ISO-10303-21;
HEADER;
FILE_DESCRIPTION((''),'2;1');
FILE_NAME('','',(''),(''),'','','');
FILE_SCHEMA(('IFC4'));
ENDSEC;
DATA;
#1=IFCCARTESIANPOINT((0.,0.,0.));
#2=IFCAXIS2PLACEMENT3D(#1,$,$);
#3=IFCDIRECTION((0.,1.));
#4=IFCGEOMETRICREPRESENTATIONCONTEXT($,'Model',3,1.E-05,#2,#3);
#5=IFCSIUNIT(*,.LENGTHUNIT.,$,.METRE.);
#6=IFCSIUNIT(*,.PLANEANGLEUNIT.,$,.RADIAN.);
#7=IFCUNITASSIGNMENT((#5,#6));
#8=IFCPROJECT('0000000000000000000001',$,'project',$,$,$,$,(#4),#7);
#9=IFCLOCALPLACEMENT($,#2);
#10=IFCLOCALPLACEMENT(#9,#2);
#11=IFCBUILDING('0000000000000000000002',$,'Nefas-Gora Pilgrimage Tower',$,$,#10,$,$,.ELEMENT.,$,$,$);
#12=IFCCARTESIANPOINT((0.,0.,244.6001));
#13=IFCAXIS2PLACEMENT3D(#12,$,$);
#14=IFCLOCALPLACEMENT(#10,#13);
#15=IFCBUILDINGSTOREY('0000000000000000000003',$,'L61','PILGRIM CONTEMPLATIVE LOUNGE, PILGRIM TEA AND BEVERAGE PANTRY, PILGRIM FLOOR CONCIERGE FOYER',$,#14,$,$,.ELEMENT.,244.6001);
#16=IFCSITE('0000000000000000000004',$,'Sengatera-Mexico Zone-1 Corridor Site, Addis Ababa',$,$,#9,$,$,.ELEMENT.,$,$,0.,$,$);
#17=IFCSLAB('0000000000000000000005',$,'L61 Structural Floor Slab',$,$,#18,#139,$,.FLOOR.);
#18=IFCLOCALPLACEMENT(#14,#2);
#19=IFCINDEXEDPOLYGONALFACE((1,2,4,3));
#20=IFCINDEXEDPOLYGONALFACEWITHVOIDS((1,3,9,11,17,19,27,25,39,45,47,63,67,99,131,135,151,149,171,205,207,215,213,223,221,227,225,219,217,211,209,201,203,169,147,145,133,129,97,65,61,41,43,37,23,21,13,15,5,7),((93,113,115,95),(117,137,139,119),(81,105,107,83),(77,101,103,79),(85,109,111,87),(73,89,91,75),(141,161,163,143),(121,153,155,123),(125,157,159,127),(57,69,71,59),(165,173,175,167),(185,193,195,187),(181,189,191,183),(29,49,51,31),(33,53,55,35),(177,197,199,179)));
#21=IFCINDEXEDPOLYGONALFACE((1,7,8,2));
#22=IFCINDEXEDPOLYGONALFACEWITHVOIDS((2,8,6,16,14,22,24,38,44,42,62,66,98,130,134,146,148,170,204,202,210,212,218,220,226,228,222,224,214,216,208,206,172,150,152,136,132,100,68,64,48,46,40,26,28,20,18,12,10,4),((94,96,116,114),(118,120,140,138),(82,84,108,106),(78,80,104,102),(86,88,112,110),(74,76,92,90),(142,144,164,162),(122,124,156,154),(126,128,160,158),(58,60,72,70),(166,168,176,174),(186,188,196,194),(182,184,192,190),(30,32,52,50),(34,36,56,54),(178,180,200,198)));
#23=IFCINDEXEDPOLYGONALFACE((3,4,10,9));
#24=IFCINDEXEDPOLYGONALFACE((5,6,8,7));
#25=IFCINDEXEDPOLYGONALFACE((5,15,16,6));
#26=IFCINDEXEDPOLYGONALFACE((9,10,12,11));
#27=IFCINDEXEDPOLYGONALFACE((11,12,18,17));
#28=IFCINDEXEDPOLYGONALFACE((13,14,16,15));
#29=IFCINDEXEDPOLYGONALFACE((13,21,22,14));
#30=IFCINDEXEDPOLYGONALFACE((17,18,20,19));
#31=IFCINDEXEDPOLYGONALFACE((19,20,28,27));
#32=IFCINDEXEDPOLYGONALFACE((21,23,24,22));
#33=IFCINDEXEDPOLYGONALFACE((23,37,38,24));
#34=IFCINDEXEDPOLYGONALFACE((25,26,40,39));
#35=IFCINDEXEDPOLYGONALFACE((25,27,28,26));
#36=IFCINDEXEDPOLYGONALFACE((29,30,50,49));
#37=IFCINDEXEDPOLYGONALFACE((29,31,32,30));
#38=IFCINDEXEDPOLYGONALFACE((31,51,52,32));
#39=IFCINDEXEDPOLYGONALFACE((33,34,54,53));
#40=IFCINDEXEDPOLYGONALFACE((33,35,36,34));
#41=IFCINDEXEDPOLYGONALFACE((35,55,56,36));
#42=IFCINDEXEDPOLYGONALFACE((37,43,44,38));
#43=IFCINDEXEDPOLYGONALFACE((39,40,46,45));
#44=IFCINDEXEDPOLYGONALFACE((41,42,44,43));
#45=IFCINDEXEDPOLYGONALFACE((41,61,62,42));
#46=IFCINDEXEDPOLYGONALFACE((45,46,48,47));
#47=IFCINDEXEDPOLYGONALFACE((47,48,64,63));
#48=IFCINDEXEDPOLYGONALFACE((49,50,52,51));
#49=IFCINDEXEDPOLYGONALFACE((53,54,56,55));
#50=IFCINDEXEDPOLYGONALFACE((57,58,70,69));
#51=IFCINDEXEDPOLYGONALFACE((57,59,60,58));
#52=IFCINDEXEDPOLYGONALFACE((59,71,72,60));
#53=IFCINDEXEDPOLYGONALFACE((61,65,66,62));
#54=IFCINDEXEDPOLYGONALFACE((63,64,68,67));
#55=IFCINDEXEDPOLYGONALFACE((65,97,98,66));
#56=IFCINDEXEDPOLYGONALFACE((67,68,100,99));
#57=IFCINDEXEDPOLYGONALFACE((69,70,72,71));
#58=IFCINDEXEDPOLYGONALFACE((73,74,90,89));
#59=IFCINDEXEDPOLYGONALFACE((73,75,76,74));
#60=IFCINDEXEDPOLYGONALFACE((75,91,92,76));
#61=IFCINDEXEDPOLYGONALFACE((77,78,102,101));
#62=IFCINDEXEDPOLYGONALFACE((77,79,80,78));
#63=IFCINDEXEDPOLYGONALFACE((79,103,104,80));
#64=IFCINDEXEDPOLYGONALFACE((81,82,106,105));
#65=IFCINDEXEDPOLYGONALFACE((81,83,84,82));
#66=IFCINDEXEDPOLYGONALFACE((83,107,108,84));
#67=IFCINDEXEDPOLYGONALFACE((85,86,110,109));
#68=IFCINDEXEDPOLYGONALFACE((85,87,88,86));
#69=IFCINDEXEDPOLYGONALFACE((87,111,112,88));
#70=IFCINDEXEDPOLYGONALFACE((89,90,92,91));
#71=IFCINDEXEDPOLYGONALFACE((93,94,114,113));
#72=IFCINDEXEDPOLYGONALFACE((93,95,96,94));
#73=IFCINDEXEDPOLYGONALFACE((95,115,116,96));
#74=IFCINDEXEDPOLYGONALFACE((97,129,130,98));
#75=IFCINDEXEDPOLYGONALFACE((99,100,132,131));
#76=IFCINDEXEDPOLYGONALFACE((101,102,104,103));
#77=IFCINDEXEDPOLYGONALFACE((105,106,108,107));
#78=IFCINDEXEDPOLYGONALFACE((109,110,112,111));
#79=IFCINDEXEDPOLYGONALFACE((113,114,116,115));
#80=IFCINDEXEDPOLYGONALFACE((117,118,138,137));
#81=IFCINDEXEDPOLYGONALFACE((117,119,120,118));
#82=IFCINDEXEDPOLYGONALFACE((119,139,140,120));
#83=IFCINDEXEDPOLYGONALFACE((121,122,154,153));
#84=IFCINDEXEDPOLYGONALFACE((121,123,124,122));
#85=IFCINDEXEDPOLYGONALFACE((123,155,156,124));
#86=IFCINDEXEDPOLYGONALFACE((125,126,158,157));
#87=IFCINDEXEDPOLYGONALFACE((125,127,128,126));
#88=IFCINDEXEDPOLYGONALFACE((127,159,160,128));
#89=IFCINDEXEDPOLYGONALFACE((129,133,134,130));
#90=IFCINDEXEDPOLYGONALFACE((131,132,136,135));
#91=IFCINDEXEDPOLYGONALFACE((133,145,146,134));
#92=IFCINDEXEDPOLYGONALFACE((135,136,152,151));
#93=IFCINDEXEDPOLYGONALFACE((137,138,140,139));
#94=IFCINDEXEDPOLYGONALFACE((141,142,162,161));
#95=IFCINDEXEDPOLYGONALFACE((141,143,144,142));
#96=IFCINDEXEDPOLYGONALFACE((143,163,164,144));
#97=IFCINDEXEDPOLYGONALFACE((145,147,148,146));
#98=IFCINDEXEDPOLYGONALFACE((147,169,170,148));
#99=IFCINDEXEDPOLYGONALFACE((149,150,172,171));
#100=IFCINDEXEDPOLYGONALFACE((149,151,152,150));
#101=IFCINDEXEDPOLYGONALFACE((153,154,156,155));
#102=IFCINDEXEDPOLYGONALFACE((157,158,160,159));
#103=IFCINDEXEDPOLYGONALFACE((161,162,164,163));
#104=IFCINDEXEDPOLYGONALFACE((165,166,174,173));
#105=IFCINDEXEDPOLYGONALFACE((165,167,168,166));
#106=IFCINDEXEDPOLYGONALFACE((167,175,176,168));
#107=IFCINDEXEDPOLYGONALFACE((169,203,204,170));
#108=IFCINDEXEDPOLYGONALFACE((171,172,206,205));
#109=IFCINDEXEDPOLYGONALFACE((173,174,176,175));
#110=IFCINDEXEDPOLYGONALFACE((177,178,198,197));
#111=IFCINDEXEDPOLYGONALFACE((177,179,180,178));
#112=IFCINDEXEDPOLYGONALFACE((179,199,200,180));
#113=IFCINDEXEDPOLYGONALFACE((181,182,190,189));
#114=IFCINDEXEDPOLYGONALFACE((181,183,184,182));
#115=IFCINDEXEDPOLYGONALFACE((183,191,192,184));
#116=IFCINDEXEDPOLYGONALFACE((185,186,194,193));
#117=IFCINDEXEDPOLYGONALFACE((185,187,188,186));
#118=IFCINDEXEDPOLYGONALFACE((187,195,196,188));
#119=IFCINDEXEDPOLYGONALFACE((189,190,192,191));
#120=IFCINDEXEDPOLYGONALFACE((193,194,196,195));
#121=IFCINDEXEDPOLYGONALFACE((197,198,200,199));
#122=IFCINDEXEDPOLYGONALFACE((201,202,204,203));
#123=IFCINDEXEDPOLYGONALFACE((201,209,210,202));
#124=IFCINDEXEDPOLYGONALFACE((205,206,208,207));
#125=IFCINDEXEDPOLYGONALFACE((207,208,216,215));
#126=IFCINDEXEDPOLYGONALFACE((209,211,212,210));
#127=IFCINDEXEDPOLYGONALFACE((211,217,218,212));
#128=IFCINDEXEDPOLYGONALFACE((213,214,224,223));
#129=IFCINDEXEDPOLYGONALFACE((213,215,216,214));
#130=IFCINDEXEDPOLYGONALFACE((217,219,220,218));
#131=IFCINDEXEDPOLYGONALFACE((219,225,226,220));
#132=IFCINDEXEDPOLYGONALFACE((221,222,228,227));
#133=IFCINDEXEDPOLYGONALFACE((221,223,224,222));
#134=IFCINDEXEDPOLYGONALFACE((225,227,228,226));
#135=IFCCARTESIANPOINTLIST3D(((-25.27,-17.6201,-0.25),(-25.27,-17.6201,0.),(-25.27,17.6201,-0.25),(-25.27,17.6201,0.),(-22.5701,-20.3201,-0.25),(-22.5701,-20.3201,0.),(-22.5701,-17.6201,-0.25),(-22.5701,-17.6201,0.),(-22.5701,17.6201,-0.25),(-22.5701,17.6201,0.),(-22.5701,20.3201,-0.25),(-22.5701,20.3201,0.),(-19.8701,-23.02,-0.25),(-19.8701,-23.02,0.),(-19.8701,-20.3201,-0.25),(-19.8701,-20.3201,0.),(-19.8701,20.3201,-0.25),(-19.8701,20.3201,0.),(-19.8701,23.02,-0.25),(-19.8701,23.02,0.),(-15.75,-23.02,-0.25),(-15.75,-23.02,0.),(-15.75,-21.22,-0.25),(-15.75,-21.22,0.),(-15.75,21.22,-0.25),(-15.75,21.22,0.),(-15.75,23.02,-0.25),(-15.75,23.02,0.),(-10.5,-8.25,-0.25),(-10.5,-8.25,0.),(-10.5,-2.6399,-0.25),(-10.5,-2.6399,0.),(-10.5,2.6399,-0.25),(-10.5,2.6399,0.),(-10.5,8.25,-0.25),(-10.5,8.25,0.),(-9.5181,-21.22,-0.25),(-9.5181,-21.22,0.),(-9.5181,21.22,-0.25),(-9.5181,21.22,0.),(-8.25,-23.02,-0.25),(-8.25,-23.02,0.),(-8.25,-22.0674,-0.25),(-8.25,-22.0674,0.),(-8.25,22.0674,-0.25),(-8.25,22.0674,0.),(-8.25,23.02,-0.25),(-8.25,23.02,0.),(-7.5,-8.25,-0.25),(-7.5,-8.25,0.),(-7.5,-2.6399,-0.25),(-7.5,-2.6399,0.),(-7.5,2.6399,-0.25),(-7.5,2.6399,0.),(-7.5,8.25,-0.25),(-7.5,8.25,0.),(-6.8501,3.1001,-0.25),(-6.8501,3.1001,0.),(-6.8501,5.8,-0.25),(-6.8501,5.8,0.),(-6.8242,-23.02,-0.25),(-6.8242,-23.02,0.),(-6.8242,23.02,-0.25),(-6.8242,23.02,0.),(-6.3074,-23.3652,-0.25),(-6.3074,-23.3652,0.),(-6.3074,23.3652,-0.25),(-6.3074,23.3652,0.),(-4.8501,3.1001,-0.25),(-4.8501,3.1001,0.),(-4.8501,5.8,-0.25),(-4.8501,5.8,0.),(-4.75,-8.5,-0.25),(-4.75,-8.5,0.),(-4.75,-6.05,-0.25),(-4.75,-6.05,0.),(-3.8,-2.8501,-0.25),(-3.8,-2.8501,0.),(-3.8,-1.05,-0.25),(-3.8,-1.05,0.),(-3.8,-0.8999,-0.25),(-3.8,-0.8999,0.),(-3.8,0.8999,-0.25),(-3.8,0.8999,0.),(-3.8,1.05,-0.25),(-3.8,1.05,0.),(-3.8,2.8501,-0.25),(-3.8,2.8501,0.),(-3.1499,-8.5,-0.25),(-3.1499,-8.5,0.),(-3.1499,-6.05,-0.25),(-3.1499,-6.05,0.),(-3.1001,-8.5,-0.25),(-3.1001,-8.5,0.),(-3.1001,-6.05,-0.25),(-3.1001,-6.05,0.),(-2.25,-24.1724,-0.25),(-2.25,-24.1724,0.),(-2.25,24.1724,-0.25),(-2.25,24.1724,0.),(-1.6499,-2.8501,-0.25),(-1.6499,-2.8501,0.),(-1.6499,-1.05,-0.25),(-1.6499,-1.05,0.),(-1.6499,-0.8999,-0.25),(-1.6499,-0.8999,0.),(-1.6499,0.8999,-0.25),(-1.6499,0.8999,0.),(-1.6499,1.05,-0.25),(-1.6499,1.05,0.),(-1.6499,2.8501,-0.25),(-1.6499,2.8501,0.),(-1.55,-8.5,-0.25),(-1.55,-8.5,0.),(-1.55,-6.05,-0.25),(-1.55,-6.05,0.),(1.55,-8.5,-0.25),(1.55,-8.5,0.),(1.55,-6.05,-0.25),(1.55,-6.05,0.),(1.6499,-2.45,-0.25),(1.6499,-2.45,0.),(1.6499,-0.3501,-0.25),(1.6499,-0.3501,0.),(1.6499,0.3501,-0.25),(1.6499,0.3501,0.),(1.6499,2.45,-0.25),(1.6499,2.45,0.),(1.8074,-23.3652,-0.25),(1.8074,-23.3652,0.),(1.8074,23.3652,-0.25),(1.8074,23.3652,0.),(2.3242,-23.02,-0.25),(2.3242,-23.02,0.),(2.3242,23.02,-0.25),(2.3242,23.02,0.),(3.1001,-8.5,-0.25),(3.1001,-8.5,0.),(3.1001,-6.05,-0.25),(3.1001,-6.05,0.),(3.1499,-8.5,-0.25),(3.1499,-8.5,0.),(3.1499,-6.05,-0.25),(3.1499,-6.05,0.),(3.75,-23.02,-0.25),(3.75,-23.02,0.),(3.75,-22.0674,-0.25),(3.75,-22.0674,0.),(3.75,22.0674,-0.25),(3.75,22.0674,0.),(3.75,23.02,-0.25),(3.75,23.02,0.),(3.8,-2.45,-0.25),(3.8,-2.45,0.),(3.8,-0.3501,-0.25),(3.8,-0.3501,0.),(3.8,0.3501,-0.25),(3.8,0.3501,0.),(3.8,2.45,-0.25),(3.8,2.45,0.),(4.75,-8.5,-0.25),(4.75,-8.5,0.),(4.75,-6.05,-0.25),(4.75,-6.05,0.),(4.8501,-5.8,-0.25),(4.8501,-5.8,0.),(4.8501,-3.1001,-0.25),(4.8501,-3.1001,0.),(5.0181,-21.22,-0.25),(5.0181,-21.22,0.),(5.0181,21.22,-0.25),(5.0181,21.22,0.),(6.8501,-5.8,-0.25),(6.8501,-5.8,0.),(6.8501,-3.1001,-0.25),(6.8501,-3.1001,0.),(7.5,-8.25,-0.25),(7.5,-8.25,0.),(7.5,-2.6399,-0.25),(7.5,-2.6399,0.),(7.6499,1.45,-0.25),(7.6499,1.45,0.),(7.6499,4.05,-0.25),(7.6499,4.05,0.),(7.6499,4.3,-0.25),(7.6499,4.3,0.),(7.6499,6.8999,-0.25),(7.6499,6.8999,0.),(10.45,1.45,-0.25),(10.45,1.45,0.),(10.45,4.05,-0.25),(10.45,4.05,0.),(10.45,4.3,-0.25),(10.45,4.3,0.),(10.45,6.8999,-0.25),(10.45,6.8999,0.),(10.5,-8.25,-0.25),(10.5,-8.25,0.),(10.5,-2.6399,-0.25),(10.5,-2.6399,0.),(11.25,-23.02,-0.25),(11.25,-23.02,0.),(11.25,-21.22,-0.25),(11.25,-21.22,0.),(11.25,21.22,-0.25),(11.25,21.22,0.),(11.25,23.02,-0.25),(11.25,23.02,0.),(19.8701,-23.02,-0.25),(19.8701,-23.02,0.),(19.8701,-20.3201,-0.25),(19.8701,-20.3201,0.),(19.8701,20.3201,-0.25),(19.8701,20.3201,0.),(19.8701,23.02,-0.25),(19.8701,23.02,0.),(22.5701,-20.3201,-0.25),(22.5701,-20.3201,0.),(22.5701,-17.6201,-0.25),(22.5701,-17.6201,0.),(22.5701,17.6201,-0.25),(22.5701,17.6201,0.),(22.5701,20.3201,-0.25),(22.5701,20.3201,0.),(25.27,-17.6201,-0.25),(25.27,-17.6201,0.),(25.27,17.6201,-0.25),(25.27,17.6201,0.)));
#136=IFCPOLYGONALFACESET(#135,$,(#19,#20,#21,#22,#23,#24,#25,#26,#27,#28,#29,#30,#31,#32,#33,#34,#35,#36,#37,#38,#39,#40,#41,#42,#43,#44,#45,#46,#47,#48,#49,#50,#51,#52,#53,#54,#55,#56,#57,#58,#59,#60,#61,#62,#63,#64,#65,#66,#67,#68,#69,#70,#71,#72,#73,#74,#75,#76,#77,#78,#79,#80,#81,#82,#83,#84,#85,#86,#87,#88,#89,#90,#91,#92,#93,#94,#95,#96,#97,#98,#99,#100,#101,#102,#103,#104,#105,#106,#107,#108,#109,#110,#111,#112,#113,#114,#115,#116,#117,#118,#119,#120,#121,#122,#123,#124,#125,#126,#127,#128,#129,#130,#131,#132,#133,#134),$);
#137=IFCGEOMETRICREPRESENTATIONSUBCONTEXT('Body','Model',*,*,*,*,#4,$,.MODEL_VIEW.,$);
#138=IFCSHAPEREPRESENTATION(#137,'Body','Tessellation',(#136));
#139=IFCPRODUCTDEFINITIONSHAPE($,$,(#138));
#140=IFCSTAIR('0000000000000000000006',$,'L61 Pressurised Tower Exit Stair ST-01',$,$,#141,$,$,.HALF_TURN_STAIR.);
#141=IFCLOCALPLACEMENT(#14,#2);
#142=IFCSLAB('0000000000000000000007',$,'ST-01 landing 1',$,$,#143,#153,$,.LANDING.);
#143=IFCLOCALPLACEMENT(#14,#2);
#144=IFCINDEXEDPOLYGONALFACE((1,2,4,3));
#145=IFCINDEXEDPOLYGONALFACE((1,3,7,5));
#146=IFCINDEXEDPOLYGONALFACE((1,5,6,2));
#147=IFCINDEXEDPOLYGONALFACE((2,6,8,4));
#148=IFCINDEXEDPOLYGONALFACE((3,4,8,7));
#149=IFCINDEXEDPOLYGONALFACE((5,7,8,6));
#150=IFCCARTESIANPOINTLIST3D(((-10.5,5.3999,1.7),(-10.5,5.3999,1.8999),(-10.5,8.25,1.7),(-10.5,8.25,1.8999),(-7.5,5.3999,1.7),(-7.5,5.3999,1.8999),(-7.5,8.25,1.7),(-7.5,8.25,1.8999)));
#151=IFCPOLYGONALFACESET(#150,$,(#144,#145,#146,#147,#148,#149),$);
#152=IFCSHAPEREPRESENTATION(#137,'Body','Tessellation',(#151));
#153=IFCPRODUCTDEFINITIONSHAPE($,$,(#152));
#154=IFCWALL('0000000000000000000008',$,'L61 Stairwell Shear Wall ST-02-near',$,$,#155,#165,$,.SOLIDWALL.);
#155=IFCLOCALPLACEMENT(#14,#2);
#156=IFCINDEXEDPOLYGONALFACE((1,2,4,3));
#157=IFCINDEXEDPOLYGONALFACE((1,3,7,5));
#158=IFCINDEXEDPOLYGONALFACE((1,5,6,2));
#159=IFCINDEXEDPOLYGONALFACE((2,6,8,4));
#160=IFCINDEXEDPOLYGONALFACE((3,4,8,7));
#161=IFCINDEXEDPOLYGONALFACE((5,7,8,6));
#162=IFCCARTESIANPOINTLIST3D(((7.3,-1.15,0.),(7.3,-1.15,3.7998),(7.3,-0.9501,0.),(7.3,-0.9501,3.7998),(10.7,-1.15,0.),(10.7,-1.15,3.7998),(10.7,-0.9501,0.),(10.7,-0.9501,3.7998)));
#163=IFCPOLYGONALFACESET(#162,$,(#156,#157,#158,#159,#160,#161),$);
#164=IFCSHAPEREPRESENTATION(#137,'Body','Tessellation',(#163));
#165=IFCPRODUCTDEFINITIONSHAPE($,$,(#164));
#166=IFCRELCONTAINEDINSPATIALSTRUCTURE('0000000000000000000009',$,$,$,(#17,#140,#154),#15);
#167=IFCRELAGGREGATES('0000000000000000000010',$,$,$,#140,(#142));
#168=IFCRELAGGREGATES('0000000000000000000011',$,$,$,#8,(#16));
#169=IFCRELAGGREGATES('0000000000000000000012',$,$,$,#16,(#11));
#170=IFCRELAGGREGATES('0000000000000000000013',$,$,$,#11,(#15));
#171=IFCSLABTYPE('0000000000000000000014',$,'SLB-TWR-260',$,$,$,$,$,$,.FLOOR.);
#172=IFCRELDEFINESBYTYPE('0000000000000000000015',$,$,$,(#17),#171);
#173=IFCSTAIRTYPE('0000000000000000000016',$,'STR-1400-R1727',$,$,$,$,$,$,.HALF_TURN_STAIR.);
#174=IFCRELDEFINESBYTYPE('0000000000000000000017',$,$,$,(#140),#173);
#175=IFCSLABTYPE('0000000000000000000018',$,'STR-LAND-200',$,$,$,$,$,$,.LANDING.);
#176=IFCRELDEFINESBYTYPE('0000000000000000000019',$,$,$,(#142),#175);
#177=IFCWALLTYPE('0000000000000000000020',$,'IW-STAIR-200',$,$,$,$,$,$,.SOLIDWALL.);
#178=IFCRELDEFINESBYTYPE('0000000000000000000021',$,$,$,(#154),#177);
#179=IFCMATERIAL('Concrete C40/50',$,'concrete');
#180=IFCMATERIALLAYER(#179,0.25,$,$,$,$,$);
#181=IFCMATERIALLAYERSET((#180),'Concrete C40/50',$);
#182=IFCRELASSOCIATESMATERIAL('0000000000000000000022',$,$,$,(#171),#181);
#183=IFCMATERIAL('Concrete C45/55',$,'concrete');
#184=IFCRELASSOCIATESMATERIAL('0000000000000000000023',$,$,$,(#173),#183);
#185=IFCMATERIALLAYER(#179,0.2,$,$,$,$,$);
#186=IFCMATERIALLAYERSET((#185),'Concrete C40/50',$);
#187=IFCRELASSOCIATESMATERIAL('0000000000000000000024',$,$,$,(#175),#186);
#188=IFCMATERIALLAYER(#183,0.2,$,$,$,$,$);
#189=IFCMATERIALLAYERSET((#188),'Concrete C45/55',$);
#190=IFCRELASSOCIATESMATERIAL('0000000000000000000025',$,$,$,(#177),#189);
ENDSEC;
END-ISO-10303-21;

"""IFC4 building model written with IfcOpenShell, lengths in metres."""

from ifc_helpers import new_model, si_unit, direction, frame, frame_2d, origin, place, context, subcontext, project, spatial, polyline, rectangle, outline, extrude, source, transform, mapped, material, layer, layer_set, type_object, element, aggregate, save


model = new_model("IFC4")

# Units and contexts
model_context = context("Model", 3, precision=1e-05, world=origin(), true_north=direction((0.0, 1.0)))
body_context = subcontext(model_context, "Body", "Model", "MODEL_VIEW")
ifc_project = project(units=[si_unit("LENGTHUNIT", "METRE"), si_unit("PLANEANGLEUNIT", "RADIAN")], contexts=[model_context])

# Site, building, storey
site_placement = place(None, origin())
site = spatial("IfcSite", under=ifc_project, at=site_placement, Name="Sengatera-Mexico Zone-1 Corridor Site, Addis Ababa", CompositionType="ELEMENT", RefElevation=0.0)
building_placement = place(site_placement, origin())
building = spatial("IfcBuilding", under=site, at=building_placement, Name="Nefas-Gora Pilgrimage Tower", CompositionType="ELEMENT")
storey_placement = place(building_placement, frame((0.0, 0.0, 244.6001)))
storey = spatial("IfcBuildingStorey", under=building, at=storey_placement, Name="L61", Description="PILGRIM CONTEMPLATIVE LOUNGE, PILGRIM TEA AND BEVERAGE PANTRY, PILGRIM FLOOR CONCIERGE FOYER", CompositionType="ELEMENT", Elevation=244.6001)

# Slab
ifc_material_1 = material(Name="Concrete C40/50", Category="concrete")
ifc_layer_1 = layer(ifc_material_1, 0.25)
ifc_layer_set_1 = layer_set([ifc_layer_1], Name="Concrete C40/50")
slab_type_1 = type_object("IfcSlabType", Name="SLB-TWR-260", PredefinedType="FLOOR", material=ifc_layer_set_1)
slab_1_placement = place(storey_placement, frame((0.0, 0.0, -0.25)))
element("IfcSlab", 1, at=slab_1_placement, inside=storey, type_object=slab_type_1, Name="L61 Structural Floor Slab", PredefinedType="FLOOR", context=body_context, shape_type="SweptSolid", body=[
    extrude(outline(polyline([(5.0181, -21.22), (11.25, -21.22), (11.25, -23.02), (19.8701, -23.02), (19.8701, -20.3201), (22.5701, -20.3201), (22.5701, -17.6201), (25.27, -17.6201), (25.27, 17.6201), (22.5701, 17.6201), (22.5701, 20.3201), (19.8701, 20.3201), (19.8701, 23.02), (11.25, 23.02), (11.25, 21.22), (5.0181, 21.22), (3.75, 22.0674), (3.75, 23.02), (2.3242, 23.02), (1.8074, 23.3652), (-2.25, 24.1724), (-6.3074, 23.3652), (-6.8242, 23.02), (-8.25, 23.02), (-8.25, 22.0674), (-9.5181, 21.22), (-15.75, 21.22), (-15.75, 23.02), (-19.8701, 23.02), (-19.8701, 20.3201), (-22.5701, 20.3201), (-22.5701, 17.6201), (-25.27, 17.6201), (-25.27, -17.6201), (-22.5701, -17.6201), (-22.5701, -20.3201), (-19.8701, -20.3201), (-19.8701, -23.02), (-15.75, -23.02), (-15.75, -21.22), (-9.5181, -21.22), (-8.25, -22.0674), (-8.25, -23.02), (-6.8242, -23.02), (-6.3074, -23.3652), (-2.25, -24.1724), (1.8074, -23.3652), (2.3242, -23.02), (3.75, -23.02), (3.75, -22.0674), (5.0181, -21.22)]), holes=[polyline([(-10.5, 2.6399), (-10.5, 8.25), (-7.5, 8.25), (-7.5, 2.6399), (-10.5, 2.6399)]), polyline([(10.5, -2.6399), (10.5, -8.25), (7.5, -8.25), (7.5, -2.6399), (10.5, -2.6399)]), polyline([(-7.5, -2.6399), (-7.5, -8.25), (-10.5, -8.25), (-10.5, -2.6399), (-7.5, -2.6399)]), polyline([(-6.8501, 5.8), (-4.8501, 5.8), (-4.8501, 3.1001), (-6.8501, 3.1001), (-6.8501, 5.8)]), polyline([(4.8501, -3.1001), (6.8501, -3.1001), (6.8501, -5.8), (4.8501, -5.8), (4.8501, -3.1001)]), polyline([(7.6499, 4.05), (10.45, 4.05), (10.45, 1.45), (7.6499, 1.45), (7.6499, 4.05)]), polyline([(7.6499, 6.8999), (10.45, 6.8999), (10.45, 4.3), (7.6499, 4.3), (7.6499, 6.8999)]), polyline([(-4.75, -6.05), (-3.1499, -6.05), (-3.1499, -8.5), (-4.75, -8.5), (-4.75, -6.05)]), polyline([(-3.1001, -6.05), (-1.55, -6.05), (-1.55, -8.5), (-3.1001, -8.5), (-3.1001, -6.05)]), polyline([(1.55, -6.05), (3.1001, -6.05), (3.1001, -8.5), (1.55, -8.5), (1.55, -6.05)]), polyline([(3.1499, -6.05), (4.75, -6.05), (4.75, -8.5), (3.1499, -8.5), (3.1499, -6.05)]), polyline([(-3.8, -1.05), (-1.6499, -1.05), (-1.6499, -2.8501), (-3.8, -2.8501), (-3.8, -1.05)]), polyline([(-3.8, 0.8999), (-1.6499, 0.8999), (-1.6499, -0.8999), (-3.8, -0.8999), (-3.8, 0.8999)]), polyline([(-3.8, 2.8501), (-1.6499, 2.8501), (-1.6499, 1.05), (-3.8, 1.05), (-3.8, 2.8501)]), polyline([(1.6499, -0.3501), (3.8, -0.3501), (3.8, -2.45), (1.6499, -2.45), (1.6499, -0.3501)]), polyline([(1.6499, 2.45), (3.8, 2.45), (3.8, 0.3501), (1.6499, 0.3501), (1.6499, 2.45)])]), origin(), (0.0, 0.0, 1.0), 0.25),
])

# Stair, slab
ifc_material_2 = material(Name="Concrete C45/55", Category="concrete")
stair_type = type_object("IfcStairType", Name="STR-1400-R1727", PredefinedType="HALF_TURN_STAIR", material=ifc_material_2)
stair_1_placement = place(storey_placement, origin())
stair_1 = element("IfcStair", 2, at=stair_1_placement, inside=storey, type_object=stair_type, Name="L61 Pressurised Tower Exit Stair ST-01", PredefinedType="HALF_TURN_STAIR")
ifc_layer_2 = layer(ifc_material_1, 0.2)
ifc_layer_set_2 = layer_set([ifc_layer_2], Name="Concrete C40/50")
slab_type_2 = type_object("IfcSlabType", Name="STR-LAND-200", PredefinedType="LANDING", material=ifc_layer_set_2)
slab_2_placement = place(storey_placement, frame((0.0, 0.0, 1.7)))
slab_2 = element("IfcSlab", 3, at=slab_2_placement, type_object=slab_type_2, Name="ST-01 landing 1", PredefinedType="LANDING", context=body_context, shape_type="SweptSolid", body=[
    extrude(outline(polyline([(-7.5, 5.3999), (-7.5, 8.25), (-10.5, 8.25), (-10.5, 5.3999), (-7.5, 5.3999)])), origin(), (0.0, 0.0, 1.0), 0.2),
])
aggregate(stair_1, [slab_2])

# Wall
ifc_layer_3 = layer(ifc_material_2, 0.2)
ifc_layer_set_3 = layer_set([ifc_layer_3], Name="Concrete C45/55")
wall_type_1 = type_object("IfcWallType", Name="IW-STAIR-200", PredefinedType="SOLIDWALL", material=ifc_layer_set_3)
shared_shape_1 = source(origin(), body_context, "Body", "SweptSolid", [
    extrude(rectangle(XDim=3.3999, YDim=0.2, at=frame_2d((1.7, 0.0))), origin(), (0.0, 0.0, 1.0), 3.7998),
])
wall_1_placement = place(storey_placement, frame((7.3, -1.05, 0.0), z_axis=(0.0, 0.0, 1.0), x_axis=(1.0, 0.0, 0.0)))
element("IfcWall", 4, at=wall_1_placement, inside=storey, type_object=wall_type_1, Name="L61 Stairwell Shear Wall ST-02-near", PredefinedType="SOLIDWALL", context=body_context, shape_type="MappedRepresentation", body=[
    mapped(shared_shape_1, transform((0.0, 0.0, 0.0), x_axis=(1.0, 0.0, 0.0), y_axis=(0.0, 1.0, 0.0), z_axis=(0.0, 0.0, 1.0), scale=1.0)),
])

save(model, "model.ifc")
